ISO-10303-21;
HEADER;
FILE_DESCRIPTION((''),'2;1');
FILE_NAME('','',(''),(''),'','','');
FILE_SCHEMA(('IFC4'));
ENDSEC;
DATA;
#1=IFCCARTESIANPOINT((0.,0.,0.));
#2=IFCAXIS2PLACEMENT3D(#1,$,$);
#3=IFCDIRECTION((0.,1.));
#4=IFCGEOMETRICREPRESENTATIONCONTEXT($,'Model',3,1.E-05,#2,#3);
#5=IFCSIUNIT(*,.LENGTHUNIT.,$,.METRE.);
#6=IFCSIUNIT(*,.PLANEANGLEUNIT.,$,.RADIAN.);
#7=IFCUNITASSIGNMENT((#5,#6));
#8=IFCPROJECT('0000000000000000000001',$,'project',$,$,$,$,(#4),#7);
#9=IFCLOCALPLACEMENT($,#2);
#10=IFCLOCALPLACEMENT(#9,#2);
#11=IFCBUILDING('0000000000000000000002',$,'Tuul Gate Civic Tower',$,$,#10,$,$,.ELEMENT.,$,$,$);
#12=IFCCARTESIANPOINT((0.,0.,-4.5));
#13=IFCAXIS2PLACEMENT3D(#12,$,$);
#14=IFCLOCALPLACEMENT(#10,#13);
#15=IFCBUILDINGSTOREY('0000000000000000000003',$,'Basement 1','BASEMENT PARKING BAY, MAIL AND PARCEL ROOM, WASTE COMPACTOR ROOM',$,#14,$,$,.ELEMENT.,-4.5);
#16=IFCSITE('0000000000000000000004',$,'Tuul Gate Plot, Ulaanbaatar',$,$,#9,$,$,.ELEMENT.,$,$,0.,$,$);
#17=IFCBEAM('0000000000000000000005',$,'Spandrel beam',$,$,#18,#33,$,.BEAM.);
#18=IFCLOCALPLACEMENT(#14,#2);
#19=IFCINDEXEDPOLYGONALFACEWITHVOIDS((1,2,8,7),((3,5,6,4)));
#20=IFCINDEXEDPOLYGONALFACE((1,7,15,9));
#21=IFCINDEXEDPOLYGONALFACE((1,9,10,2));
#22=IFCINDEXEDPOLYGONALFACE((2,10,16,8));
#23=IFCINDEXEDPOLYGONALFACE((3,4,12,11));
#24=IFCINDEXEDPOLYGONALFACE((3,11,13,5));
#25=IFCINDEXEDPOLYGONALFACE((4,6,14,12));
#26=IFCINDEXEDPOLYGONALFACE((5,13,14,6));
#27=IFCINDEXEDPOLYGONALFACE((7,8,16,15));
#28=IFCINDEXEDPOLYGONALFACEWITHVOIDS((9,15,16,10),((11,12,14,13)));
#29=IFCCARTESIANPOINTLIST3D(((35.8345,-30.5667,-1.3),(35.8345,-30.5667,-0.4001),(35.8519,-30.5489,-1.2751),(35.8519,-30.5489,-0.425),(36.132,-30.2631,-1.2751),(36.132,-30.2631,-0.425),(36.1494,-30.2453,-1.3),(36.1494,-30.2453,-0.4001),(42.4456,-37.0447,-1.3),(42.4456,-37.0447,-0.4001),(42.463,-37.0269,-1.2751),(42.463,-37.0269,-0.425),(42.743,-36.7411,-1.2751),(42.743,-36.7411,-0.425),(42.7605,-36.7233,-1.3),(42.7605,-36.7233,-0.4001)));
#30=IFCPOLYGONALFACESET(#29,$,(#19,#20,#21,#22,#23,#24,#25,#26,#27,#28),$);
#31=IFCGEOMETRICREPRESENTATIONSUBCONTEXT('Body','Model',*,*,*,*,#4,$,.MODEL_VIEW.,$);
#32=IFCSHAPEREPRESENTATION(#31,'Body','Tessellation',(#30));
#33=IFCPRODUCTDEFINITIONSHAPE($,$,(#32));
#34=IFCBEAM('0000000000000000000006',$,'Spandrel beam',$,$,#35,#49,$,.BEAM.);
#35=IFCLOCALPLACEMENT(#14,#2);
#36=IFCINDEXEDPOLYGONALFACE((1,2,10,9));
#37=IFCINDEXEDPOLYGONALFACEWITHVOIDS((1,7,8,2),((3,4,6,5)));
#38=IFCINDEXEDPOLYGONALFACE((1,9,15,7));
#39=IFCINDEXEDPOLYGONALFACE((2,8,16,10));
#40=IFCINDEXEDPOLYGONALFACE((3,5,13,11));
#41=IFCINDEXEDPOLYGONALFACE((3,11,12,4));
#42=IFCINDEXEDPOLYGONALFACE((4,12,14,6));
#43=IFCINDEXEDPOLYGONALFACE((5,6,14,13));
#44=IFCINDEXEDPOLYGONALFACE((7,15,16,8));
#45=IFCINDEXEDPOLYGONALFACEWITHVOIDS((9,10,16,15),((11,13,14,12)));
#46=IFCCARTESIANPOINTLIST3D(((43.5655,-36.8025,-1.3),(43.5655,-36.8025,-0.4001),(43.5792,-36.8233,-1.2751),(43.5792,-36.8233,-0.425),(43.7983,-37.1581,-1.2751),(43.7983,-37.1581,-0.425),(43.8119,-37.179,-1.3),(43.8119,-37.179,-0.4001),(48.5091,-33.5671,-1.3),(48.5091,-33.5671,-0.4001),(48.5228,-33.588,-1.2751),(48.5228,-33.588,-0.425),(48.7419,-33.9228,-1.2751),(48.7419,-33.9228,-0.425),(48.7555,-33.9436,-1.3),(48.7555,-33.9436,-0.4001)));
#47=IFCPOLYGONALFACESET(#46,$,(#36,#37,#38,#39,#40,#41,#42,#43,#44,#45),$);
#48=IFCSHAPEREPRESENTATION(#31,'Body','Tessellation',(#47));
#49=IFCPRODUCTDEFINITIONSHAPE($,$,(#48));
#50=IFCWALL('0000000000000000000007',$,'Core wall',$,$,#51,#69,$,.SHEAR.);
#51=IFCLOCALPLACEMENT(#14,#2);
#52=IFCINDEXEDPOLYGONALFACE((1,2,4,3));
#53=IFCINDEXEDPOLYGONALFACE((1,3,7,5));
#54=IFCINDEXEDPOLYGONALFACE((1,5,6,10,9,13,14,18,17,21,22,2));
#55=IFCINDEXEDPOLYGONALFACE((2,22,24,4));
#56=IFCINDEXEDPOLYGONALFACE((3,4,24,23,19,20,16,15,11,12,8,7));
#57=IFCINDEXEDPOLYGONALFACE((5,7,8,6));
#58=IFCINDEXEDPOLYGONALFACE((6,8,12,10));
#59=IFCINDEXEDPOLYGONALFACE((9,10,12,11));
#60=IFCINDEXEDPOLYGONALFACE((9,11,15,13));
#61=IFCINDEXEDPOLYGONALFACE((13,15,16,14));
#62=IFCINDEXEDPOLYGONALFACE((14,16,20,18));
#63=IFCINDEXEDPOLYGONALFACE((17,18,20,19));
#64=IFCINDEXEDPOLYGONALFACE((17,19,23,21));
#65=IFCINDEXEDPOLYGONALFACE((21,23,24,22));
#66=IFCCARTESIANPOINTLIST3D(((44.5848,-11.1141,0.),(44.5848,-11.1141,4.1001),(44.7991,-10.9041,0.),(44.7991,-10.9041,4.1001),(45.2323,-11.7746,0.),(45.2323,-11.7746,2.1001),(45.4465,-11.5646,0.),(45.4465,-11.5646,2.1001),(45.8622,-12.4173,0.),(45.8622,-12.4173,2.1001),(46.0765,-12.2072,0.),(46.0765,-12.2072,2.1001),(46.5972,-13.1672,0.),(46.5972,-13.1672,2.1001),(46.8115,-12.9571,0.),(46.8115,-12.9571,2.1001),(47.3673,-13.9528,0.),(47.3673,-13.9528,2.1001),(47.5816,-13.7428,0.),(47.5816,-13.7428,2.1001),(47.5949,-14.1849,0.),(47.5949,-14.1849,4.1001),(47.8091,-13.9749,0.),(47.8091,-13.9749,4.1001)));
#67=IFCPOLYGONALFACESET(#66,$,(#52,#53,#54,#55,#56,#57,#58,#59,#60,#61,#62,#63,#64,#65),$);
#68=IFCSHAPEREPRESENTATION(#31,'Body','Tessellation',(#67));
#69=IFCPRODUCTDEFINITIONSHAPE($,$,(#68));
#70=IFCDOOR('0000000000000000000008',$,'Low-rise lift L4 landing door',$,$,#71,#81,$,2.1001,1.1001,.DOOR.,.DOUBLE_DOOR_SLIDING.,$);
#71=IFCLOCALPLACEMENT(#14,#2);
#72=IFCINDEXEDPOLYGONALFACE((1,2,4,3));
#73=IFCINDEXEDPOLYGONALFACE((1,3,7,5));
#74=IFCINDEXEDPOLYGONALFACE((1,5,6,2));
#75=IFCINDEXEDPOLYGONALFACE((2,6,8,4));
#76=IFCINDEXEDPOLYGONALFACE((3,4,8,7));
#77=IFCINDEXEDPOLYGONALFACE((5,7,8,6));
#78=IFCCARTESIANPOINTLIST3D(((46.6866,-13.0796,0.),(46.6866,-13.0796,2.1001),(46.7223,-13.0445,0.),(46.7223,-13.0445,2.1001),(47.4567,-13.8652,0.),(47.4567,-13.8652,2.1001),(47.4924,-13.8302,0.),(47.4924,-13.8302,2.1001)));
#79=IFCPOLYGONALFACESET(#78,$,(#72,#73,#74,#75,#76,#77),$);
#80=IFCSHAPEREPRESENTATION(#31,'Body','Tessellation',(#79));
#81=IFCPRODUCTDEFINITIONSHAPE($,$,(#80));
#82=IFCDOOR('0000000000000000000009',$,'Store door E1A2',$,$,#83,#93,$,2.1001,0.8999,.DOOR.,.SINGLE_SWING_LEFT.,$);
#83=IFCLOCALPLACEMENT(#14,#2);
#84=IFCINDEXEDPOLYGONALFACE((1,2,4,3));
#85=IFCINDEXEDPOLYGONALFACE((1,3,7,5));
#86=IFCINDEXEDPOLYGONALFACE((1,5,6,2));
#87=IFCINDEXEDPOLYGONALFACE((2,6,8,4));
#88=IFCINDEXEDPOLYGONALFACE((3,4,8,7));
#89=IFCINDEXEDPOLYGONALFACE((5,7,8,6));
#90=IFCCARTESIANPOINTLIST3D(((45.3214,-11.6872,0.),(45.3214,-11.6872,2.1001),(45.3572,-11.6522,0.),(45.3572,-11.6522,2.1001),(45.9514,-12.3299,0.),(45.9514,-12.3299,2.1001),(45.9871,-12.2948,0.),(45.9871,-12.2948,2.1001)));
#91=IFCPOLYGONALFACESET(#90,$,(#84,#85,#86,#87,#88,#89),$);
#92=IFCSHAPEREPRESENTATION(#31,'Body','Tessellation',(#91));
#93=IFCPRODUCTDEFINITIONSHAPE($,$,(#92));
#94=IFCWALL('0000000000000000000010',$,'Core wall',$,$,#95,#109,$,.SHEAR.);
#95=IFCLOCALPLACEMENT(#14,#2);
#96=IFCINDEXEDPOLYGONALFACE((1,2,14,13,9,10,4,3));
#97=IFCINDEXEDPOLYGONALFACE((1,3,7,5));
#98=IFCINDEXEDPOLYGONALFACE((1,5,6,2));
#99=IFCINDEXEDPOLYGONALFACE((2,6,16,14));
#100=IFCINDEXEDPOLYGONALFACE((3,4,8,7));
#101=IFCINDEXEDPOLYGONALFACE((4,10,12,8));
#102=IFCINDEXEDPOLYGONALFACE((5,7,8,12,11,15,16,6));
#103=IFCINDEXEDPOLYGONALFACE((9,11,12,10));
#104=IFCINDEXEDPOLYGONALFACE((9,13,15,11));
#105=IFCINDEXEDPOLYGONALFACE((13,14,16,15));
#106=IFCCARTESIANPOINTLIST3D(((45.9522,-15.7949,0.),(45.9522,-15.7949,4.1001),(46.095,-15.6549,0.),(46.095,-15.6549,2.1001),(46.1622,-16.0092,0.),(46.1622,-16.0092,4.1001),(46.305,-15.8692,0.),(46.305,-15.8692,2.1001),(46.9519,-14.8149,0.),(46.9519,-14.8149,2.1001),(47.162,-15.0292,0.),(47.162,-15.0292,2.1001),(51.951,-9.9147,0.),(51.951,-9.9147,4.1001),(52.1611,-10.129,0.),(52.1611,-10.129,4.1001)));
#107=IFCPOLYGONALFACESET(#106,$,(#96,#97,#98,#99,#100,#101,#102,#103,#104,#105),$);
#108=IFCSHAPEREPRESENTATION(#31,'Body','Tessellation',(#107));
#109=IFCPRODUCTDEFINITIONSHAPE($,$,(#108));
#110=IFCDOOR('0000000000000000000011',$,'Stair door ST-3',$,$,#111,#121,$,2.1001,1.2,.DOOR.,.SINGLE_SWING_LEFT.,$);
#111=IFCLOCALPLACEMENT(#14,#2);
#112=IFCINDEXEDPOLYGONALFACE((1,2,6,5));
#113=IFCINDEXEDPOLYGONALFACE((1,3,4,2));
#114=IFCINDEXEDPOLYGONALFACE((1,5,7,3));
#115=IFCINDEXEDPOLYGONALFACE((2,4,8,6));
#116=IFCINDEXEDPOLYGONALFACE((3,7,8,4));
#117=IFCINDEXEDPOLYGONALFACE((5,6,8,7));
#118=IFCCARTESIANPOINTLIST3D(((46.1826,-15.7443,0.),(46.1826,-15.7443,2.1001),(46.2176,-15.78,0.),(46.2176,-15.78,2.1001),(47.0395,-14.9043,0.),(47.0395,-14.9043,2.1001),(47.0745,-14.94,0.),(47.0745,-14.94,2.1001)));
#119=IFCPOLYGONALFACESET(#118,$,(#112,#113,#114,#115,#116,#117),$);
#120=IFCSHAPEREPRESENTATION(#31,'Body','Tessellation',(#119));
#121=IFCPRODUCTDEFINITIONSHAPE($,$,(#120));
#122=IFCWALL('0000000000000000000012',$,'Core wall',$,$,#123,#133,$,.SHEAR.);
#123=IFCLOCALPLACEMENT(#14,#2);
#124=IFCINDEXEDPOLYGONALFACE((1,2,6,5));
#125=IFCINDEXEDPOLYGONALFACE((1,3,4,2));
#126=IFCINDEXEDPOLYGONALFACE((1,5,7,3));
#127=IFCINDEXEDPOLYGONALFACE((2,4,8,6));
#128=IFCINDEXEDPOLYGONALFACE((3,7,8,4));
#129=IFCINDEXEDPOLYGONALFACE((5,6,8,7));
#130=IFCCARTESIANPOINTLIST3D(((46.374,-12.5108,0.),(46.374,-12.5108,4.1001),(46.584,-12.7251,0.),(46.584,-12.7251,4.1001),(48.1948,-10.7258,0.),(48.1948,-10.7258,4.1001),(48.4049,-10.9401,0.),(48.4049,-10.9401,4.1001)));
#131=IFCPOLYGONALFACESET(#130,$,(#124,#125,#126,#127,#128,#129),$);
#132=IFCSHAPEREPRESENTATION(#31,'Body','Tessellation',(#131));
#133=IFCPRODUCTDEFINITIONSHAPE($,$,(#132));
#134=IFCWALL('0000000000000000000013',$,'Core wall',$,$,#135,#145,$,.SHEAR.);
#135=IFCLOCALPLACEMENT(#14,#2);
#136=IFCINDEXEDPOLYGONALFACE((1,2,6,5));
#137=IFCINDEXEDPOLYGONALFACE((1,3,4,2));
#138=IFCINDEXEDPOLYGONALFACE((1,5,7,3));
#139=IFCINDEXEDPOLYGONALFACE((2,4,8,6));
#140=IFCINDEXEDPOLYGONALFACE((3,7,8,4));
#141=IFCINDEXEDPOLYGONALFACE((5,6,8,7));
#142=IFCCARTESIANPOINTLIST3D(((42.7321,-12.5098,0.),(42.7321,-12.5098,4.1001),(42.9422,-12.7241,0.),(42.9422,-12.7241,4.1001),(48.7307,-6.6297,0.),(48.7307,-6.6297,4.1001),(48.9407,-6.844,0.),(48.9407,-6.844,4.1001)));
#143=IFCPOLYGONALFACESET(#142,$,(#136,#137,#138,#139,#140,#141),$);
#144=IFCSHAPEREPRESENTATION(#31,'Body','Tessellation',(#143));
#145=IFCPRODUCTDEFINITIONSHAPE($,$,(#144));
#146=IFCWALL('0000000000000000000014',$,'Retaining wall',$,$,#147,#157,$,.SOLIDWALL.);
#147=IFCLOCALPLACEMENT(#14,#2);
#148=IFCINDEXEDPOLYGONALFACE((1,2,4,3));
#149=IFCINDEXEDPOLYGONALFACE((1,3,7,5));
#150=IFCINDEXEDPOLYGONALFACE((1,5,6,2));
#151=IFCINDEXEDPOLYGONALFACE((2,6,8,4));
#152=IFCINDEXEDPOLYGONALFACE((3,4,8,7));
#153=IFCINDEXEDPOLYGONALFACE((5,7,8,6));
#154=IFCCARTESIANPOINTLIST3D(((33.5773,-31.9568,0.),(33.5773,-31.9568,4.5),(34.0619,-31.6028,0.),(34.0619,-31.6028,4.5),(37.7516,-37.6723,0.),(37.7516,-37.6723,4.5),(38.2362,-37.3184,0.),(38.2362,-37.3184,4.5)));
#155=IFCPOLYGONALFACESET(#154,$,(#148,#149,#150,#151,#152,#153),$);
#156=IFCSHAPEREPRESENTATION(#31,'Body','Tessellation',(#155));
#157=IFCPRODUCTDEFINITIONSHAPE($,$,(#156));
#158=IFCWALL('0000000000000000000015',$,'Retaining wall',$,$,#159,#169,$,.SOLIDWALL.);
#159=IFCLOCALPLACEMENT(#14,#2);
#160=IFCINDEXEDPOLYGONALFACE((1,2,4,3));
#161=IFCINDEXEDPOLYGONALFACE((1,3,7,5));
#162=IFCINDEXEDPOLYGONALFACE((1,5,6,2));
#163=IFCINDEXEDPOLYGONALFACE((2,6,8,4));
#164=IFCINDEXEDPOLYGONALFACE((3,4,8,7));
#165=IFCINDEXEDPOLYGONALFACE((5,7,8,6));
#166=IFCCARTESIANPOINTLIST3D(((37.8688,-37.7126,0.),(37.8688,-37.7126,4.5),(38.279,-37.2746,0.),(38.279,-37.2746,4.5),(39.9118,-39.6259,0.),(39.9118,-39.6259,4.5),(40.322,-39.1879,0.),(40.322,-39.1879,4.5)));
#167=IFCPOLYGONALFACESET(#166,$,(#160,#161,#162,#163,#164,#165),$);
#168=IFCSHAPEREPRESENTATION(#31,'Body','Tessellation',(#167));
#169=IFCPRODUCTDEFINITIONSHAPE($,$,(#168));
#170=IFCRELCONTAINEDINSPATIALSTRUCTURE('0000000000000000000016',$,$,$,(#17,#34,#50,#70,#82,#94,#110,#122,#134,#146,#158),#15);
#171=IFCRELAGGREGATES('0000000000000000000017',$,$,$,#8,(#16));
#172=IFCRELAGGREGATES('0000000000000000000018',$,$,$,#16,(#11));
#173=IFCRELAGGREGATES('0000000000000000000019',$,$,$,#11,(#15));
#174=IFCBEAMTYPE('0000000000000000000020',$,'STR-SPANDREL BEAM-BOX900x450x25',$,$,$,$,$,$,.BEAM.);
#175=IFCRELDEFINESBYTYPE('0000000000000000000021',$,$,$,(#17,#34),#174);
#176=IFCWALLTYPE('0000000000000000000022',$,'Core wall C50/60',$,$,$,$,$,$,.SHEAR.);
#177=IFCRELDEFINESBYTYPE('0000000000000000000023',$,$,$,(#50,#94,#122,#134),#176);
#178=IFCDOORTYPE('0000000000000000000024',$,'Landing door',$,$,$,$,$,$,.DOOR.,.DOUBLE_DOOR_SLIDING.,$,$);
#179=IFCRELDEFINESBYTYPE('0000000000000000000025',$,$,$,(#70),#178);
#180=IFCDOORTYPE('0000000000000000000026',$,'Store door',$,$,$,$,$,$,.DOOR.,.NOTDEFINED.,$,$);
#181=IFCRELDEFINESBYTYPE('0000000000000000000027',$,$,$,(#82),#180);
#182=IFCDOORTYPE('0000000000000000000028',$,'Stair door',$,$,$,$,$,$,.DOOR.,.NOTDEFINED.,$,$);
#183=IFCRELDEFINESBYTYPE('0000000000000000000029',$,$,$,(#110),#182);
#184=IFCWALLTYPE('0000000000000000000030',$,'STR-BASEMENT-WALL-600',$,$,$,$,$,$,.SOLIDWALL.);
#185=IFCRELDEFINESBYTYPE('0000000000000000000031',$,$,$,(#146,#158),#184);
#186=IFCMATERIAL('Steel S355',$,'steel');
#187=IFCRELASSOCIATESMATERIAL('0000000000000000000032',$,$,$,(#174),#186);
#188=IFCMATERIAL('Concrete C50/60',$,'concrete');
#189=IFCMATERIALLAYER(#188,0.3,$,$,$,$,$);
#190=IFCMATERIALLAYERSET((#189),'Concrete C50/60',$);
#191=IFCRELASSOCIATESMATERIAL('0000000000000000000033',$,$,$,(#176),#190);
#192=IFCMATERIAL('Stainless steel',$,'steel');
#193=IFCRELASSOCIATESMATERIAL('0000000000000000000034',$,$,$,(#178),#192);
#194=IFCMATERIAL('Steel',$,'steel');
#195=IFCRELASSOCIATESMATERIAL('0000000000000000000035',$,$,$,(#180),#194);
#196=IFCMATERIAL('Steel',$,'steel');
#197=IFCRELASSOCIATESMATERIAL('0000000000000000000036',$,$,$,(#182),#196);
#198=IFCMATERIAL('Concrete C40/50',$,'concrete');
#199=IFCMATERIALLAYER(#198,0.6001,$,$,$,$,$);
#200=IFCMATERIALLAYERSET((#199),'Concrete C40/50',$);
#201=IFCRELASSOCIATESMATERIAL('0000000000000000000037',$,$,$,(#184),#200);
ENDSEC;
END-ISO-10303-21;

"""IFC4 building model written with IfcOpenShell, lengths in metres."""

from ifc_helpers import new_model, si_unit, direction, frame, frame_2d, origin, origin_2d, place, context, subcontext, project, spatial, rectangle, hollow_rectangle, extrude, material, layer, layer_set, material_profile, profile_set, type_object, element, fill, save


model = new_model("IFC4")

# Units and contexts
model_context = context("Model", 3, precision=1e-05, world=origin(), true_north=direction((0.0, 1.0)))
body_context = subcontext(model_context, "Body", "Model", "MODEL_VIEW")
ifc_project = project(units=[si_unit("LENGTHUNIT", "METRE"), si_unit("PLANEANGLEUNIT", "RADIAN")], contexts=[model_context])

# Site, building, storey
site_placement = place(None, origin())
site = spatial("IfcSite", under=ifc_project, at=site_placement, Name="Tuul Gate Plot, Ulaanbaatar", CompositionType="ELEMENT", RefElevation=0.0)
building_placement = place(site_placement, origin())
building = spatial("IfcBuilding", under=site, at=building_placement, Name="Tuul Gate Civic Tower", CompositionType="ELEMENT")
storey_placement = place(building_placement, frame((0.0, 0.0, -4.5)))
storey = spatial("IfcBuildingStorey", under=building, at=storey_placement, Name="Basement 1", Description="BASEMENT PARKING BAY, MAIL AND PARCEL ROOM, WASTE COMPACTOR ROOM", CompositionType="ELEMENT", Elevation=-4.5)

# Beams
ifc_material_1 = material(Name="Steel S355", Category="steel")
ifc_material_profile_1 = material_profile(ifc_material_1, hollow_rectangle(XDim=0.45, YDim=0.8999, WallThickness=0.0249, at=origin_2d()), Name="BOX900x450x25")
ifc_profile_set_1 = profile_set([ifc_material_profile_1], Name="Steel S355")
beam_type_1 = type_object("IfcBeamType", Name="STR-SPANDREL BEAM-BOX900x450x25", PredefinedType="BEAM", material=ifc_profile_set_1)
beam_1_placement = place(storey_placement, frame((35.9919, -30.406, -0.8501), z_axis=(0.714258, -0.699883, 0.0), x_axis=(0.699883, 0.714258, 0.0)))
element("IfcBeam", 1, at=beam_1_placement, inside=storey, type_object=beam_type_1, Name="Spandrel beam", PredefinedType="BEAM", context=body_context, shape_type="SweptSolid", body=[
    extrude(hollow_rectangle(XDim=0.45, YDim=0.8999, WallThickness=0.0249, at=origin_2d()), origin(), (0.0, 0.0, 1.0), 9.2559),
])
beam_2_placement = place(storey_placement, frame((43.6887, -36.9907, -0.8501), z_axis=(0.836737, 0.547604, 0.0), x_axis=(-0.547604, 0.836737, 0.0)))
element("IfcBeam", 2, at=beam_2_placement, inside=storey, type_object=beam_type_1, Name="Spandrel beam", PredefinedType="BEAM", context=body_context, shape_type="SweptSolid", body=[
    extrude(hollow_rectangle(XDim=0.45, YDim=0.8999, WallThickness=0.0249, at=origin_2d()), origin(), (0.0, 0.0, 1.0), 5.9082),
])

# Wall, openings, doors
ifc_material_2 = material(Name="Concrete C50/60", Category="concrete")
ifc_layer_1 = layer(ifc_material_2, 0.3)
ifc_layer_set_1 = layer_set([ifc_layer_1], Name="Concrete C50/60")
wall_type_1 = type_object("IfcWallType", Name="Core wall C50/60", PredefinedType="SHEAR", material=ifc_layer_set_1)
wall_1_placement = place(storey_placement, frame((47.7019, -14.0798, 0.0), z_axis=(0.0, 0.0, 1.0), x_axis=(-0.700003, 0.71414, 0.0)))
wall_1 = element("IfcWall", 3, at=wall_1_placement, inside=storey, type_object=wall_type_1, Name="Core wall", PredefinedType="SHEAR", context=body_context, shape_type="SweptSolid", body=[
    extrude(rectangle(XDim=4.3, YDim=0.3, at=frame_2d((2.1499, 0.0))), origin(), (0.0, 0.0, 1.0), 4.1001),
])
opening_1_placement = place(wall_1_placement, frame((0.325, 0.0, 0.0)))
opening_1 = element("IfcOpeningElement", 4, at=opening_1_placement, cuts=wall_1, PredefinedType="OPENING", context=body_context, shape_type="SweptSolid", body=[
    extrude(rectangle(XDim=1.1001, YDim=2.1001, at=frame_2d((0.55, 1.05))), frame((0.0, 0.1602, 0.0), z_axis=(0.0, -1.0, 0.0), x_axis=(1.0, 0.0, 0.0)), (0.0, 0.0, 1.0), 0.3201),
])
opening_2_placement = place(wall_1_placement, frame((2.4751, 0.0, 0.0)))
opening_2 = element("IfcOpeningElement", 5, at=opening_2_placement, cuts=wall_1, PredefinedType="OPENING", context=body_context, shape_type="SweptSolid", body=[
    extrude(rectangle(XDim=0.8999, YDim=2.1001, at=frame_2d((0.45, 1.05))), frame((0.0, 0.1602, 0.0), z_axis=(0.0, -1.0, 0.0), x_axis=(1.0, 0.0, 0.0)), (0.0, 0.0, 1.0), 0.3201),
])
ifc_material_3 = material(Name="Stainless steel", Category="steel")
door_type_1 = type_object("IfcDoorType", Name="Landing door", OperationType="DOUBLE_DOOR_SLIDING", PredefinedType="DOOR", material=ifc_material_3)
door_1_placement = place(opening_1_placement, origin())
door_1 = element("IfcDoor", 6, at=door_1_placement, inside=storey, type_object=door_type_1, Name="Low-rise lift L4 landing door", OperationType="DOUBLE_DOOR_SLIDING", OverallHeight=2.1001, OverallWidth=1.1001, PredefinedType="DOOR", context=body_context, shape_type="SweptSolid", body=[
    extrude(rectangle(XDim=1.1001, YDim=2.1001, at=frame_2d((0.55, 1.05))), frame((0.0, 0.0249, 0.0), z_axis=(0.0, -1.0, 0.0), x_axis=(1.0, 0.0, 0.0)), (0.0, 0.0, 1.0), 0.05),
])
fill(opening_1, door_1)
ifc_material_4 = material(Name="Steel", Category="steel")
door_type_2 = type_object("IfcDoorType", Name="Store door", OperationType="NOTDEFINED", PredefinedType="DOOR", material=ifc_material_4)
door_2_placement = place(opening_2_placement, frame((0.8999, 0.0, 0.0), z_axis=(0.0, 0.0, 1.0), x_axis=(-1.0, 0.0, 0.0)))
door_2 = element("IfcDoor", 7, at=door_2_placement, inside=storey, type_object=door_type_2, Name="Store door E1A2", OperationType="SINGLE_SWING_LEFT", OverallHeight=2.1001, OverallWidth=0.8999, PredefinedType="DOOR", context=body_context, shape_type="SweptSolid", body=[
    extrude(rectangle(XDim=0.8999, YDim=2.1001, at=frame_2d((0.45, 1.05))), frame((0.0, 0.0249, 0.0), z_axis=(0.0, -1.0, 0.0), x_axis=(1.0, 0.0, 0.0)), (0.0, 0.0, 1.0), 0.05),
])
fill(opening_2, door_2)

# Wall, opening, door
wall_2_placement = place(storey_placement, frame((46.0571, -15.9021, 0.0), z_axis=(0.0, 0.0, 1.0), x_axis=(0.714134, 0.700009, 0.0)))
wall_2 = element("IfcWall", 8, at=wall_2_placement, inside=storey, type_object=wall_type_1, Name="Core wall", PredefinedType="SHEAR", context=body_context, shape_type="SweptSolid", body=[
    extrude(rectangle(XDim=8.4001, YDim=0.3, at=frame_2d((4.2002, 0.0))), origin(), (0.0, 0.0, 1.0), 4.1001),
])
opening_3_placement = place(wall_2_placement, frame((0.2, 0.0, 0.0)))
opening_3 = element("IfcOpeningElement", 9, at=opening_3_placement, cuts=wall_2, PredefinedType="OPENING", context=body_context, shape_type="SweptSolid", body=[
    extrude(rectangle(XDim=1.2, YDim=2.1001, at=frame_2d((0.6001, 1.05))), frame((0.0, 0.1602, 0.0), z_axis=(0.0, -1.0, 0.0), x_axis=(1.0, 0.0, 0.0)), (0.0, 0.0, 1.0), 0.3201),
])
ifc_material_5 = material(Name="Steel", Category="steel")
door_type_3 = type_object("IfcDoorType", Name="Stair door", OperationType="NOTDEFINED", PredefinedType="DOOR", material=ifc_material_5)
door_3_placement = place(opening_3_placement, origin())
door_3 = element("IfcDoor", 10, at=door_3_placement, inside=storey, type_object=door_type_3, Name="Stair door ST-3", OperationType="SINGLE_SWING_LEFT", OverallHeight=2.1001, OverallWidth=1.2, PredefinedType="DOOR", context=body_context, shape_type="SweptSolid", body=[
    extrude(rectangle(XDim=1.2, YDim=2.1001, at=frame_2d((0.6001, 1.05))), frame((0.0, 0.0249, 0.0), z_axis=(0.0, -1.0, 0.0), x_axis=(1.0, 0.0, 0.0)), (0.0, 0.0, 1.0), 0.05),
])
fill(opening_3, door_3)

# Walls
wall_3_placement = place(storey_placement, frame((46.479, -12.6179, 0.0), z_axis=(0.0, 0.0, 1.0), x_axis=(0.714109, 0.700034, 0.0)))
element("IfcWall", 11, at=wall_3_placement, inside=storey, type_object=wall_type_1, Name="Core wall", PredefinedType="SHEAR", context=body_context, shape_type="SweptSolid", body=[
    extrude(rectangle(XDim=2.5498, YDim=0.3, at=frame_2d((1.2749, 0.0))), origin(), (0.0, 0.0, 1.0), 4.1001),
])
wall_4_placement = place(storey_placement, frame((42.8372, -12.6169, 0.0), z_axis=(0.0, 0.0, 1.0), x_axis=(0.71412, 0.700023, 0.0)))
element("IfcWall", 12, at=wall_4_placement, inside=storey, type_object=wall_type_1, Name="Core wall", PredefinedType="SHEAR", context=body_context, shape_type="SweptSolid", body=[
    extrude(rectangle(XDim=8.3999, YDim=0.3, at=frame_2d((4.2, 0.0))), origin(), (0.0, 0.0, 1.0), 4.1001),
])
ifc_material_6 = material(Name="Concrete C40/50", Category="concrete")
ifc_layer_2 = layer(ifc_material_6, 0.6001)
ifc_layer_set_2 = layer_set([ifc_layer_2], Name="Concrete C40/50")
wall_type_2 = type_object("IfcWallType", Name="STR-BASEMENT-WALL-600", PredefinedType="SOLIDWALL", material=ifc_layer_set_2)
wall_5_placement = place(storey_placement, frame((33.8196, -31.7798, 0.0), z_axis=(0.0, 0.0, 1.0), x_axis=(0.589791, -0.807556, 0.0)))
element("IfcWall", 13, at=wall_5_placement, inside=storey, type_object=wall_type_2, Name="Retaining wall", PredefinedType="SOLIDWALL", context=body_context, shape_type="SweptSolid", body=[
    extrude(rectangle(XDim=7.0776, YDim=0.6001, at=frame_2d((3.5388, 0.0))), origin(), (0.0, 0.0, 1.0), 4.5),
])
wall_6_placement = place(storey_placement, frame((38.074, -37.4937, 0.0), z_axis=(0.0, 0.0, 1.0), x_axis=(0.729885, -0.68357, 0.0)))
element("IfcWall", 14, at=wall_6_placement, inside=storey, type_object=wall_type_2, Name="Retaining wall", PredefinedType="SOLIDWALL", context=body_context, shape_type="SweptSolid", body=[
    extrude(rectangle(XDim=2.7991, YDim=0.6001, at=frame_2d((1.3994, 0.0))), origin(), (0.0, 0.0, 1.0), 4.5),
])

save(model, "model.ifc")
